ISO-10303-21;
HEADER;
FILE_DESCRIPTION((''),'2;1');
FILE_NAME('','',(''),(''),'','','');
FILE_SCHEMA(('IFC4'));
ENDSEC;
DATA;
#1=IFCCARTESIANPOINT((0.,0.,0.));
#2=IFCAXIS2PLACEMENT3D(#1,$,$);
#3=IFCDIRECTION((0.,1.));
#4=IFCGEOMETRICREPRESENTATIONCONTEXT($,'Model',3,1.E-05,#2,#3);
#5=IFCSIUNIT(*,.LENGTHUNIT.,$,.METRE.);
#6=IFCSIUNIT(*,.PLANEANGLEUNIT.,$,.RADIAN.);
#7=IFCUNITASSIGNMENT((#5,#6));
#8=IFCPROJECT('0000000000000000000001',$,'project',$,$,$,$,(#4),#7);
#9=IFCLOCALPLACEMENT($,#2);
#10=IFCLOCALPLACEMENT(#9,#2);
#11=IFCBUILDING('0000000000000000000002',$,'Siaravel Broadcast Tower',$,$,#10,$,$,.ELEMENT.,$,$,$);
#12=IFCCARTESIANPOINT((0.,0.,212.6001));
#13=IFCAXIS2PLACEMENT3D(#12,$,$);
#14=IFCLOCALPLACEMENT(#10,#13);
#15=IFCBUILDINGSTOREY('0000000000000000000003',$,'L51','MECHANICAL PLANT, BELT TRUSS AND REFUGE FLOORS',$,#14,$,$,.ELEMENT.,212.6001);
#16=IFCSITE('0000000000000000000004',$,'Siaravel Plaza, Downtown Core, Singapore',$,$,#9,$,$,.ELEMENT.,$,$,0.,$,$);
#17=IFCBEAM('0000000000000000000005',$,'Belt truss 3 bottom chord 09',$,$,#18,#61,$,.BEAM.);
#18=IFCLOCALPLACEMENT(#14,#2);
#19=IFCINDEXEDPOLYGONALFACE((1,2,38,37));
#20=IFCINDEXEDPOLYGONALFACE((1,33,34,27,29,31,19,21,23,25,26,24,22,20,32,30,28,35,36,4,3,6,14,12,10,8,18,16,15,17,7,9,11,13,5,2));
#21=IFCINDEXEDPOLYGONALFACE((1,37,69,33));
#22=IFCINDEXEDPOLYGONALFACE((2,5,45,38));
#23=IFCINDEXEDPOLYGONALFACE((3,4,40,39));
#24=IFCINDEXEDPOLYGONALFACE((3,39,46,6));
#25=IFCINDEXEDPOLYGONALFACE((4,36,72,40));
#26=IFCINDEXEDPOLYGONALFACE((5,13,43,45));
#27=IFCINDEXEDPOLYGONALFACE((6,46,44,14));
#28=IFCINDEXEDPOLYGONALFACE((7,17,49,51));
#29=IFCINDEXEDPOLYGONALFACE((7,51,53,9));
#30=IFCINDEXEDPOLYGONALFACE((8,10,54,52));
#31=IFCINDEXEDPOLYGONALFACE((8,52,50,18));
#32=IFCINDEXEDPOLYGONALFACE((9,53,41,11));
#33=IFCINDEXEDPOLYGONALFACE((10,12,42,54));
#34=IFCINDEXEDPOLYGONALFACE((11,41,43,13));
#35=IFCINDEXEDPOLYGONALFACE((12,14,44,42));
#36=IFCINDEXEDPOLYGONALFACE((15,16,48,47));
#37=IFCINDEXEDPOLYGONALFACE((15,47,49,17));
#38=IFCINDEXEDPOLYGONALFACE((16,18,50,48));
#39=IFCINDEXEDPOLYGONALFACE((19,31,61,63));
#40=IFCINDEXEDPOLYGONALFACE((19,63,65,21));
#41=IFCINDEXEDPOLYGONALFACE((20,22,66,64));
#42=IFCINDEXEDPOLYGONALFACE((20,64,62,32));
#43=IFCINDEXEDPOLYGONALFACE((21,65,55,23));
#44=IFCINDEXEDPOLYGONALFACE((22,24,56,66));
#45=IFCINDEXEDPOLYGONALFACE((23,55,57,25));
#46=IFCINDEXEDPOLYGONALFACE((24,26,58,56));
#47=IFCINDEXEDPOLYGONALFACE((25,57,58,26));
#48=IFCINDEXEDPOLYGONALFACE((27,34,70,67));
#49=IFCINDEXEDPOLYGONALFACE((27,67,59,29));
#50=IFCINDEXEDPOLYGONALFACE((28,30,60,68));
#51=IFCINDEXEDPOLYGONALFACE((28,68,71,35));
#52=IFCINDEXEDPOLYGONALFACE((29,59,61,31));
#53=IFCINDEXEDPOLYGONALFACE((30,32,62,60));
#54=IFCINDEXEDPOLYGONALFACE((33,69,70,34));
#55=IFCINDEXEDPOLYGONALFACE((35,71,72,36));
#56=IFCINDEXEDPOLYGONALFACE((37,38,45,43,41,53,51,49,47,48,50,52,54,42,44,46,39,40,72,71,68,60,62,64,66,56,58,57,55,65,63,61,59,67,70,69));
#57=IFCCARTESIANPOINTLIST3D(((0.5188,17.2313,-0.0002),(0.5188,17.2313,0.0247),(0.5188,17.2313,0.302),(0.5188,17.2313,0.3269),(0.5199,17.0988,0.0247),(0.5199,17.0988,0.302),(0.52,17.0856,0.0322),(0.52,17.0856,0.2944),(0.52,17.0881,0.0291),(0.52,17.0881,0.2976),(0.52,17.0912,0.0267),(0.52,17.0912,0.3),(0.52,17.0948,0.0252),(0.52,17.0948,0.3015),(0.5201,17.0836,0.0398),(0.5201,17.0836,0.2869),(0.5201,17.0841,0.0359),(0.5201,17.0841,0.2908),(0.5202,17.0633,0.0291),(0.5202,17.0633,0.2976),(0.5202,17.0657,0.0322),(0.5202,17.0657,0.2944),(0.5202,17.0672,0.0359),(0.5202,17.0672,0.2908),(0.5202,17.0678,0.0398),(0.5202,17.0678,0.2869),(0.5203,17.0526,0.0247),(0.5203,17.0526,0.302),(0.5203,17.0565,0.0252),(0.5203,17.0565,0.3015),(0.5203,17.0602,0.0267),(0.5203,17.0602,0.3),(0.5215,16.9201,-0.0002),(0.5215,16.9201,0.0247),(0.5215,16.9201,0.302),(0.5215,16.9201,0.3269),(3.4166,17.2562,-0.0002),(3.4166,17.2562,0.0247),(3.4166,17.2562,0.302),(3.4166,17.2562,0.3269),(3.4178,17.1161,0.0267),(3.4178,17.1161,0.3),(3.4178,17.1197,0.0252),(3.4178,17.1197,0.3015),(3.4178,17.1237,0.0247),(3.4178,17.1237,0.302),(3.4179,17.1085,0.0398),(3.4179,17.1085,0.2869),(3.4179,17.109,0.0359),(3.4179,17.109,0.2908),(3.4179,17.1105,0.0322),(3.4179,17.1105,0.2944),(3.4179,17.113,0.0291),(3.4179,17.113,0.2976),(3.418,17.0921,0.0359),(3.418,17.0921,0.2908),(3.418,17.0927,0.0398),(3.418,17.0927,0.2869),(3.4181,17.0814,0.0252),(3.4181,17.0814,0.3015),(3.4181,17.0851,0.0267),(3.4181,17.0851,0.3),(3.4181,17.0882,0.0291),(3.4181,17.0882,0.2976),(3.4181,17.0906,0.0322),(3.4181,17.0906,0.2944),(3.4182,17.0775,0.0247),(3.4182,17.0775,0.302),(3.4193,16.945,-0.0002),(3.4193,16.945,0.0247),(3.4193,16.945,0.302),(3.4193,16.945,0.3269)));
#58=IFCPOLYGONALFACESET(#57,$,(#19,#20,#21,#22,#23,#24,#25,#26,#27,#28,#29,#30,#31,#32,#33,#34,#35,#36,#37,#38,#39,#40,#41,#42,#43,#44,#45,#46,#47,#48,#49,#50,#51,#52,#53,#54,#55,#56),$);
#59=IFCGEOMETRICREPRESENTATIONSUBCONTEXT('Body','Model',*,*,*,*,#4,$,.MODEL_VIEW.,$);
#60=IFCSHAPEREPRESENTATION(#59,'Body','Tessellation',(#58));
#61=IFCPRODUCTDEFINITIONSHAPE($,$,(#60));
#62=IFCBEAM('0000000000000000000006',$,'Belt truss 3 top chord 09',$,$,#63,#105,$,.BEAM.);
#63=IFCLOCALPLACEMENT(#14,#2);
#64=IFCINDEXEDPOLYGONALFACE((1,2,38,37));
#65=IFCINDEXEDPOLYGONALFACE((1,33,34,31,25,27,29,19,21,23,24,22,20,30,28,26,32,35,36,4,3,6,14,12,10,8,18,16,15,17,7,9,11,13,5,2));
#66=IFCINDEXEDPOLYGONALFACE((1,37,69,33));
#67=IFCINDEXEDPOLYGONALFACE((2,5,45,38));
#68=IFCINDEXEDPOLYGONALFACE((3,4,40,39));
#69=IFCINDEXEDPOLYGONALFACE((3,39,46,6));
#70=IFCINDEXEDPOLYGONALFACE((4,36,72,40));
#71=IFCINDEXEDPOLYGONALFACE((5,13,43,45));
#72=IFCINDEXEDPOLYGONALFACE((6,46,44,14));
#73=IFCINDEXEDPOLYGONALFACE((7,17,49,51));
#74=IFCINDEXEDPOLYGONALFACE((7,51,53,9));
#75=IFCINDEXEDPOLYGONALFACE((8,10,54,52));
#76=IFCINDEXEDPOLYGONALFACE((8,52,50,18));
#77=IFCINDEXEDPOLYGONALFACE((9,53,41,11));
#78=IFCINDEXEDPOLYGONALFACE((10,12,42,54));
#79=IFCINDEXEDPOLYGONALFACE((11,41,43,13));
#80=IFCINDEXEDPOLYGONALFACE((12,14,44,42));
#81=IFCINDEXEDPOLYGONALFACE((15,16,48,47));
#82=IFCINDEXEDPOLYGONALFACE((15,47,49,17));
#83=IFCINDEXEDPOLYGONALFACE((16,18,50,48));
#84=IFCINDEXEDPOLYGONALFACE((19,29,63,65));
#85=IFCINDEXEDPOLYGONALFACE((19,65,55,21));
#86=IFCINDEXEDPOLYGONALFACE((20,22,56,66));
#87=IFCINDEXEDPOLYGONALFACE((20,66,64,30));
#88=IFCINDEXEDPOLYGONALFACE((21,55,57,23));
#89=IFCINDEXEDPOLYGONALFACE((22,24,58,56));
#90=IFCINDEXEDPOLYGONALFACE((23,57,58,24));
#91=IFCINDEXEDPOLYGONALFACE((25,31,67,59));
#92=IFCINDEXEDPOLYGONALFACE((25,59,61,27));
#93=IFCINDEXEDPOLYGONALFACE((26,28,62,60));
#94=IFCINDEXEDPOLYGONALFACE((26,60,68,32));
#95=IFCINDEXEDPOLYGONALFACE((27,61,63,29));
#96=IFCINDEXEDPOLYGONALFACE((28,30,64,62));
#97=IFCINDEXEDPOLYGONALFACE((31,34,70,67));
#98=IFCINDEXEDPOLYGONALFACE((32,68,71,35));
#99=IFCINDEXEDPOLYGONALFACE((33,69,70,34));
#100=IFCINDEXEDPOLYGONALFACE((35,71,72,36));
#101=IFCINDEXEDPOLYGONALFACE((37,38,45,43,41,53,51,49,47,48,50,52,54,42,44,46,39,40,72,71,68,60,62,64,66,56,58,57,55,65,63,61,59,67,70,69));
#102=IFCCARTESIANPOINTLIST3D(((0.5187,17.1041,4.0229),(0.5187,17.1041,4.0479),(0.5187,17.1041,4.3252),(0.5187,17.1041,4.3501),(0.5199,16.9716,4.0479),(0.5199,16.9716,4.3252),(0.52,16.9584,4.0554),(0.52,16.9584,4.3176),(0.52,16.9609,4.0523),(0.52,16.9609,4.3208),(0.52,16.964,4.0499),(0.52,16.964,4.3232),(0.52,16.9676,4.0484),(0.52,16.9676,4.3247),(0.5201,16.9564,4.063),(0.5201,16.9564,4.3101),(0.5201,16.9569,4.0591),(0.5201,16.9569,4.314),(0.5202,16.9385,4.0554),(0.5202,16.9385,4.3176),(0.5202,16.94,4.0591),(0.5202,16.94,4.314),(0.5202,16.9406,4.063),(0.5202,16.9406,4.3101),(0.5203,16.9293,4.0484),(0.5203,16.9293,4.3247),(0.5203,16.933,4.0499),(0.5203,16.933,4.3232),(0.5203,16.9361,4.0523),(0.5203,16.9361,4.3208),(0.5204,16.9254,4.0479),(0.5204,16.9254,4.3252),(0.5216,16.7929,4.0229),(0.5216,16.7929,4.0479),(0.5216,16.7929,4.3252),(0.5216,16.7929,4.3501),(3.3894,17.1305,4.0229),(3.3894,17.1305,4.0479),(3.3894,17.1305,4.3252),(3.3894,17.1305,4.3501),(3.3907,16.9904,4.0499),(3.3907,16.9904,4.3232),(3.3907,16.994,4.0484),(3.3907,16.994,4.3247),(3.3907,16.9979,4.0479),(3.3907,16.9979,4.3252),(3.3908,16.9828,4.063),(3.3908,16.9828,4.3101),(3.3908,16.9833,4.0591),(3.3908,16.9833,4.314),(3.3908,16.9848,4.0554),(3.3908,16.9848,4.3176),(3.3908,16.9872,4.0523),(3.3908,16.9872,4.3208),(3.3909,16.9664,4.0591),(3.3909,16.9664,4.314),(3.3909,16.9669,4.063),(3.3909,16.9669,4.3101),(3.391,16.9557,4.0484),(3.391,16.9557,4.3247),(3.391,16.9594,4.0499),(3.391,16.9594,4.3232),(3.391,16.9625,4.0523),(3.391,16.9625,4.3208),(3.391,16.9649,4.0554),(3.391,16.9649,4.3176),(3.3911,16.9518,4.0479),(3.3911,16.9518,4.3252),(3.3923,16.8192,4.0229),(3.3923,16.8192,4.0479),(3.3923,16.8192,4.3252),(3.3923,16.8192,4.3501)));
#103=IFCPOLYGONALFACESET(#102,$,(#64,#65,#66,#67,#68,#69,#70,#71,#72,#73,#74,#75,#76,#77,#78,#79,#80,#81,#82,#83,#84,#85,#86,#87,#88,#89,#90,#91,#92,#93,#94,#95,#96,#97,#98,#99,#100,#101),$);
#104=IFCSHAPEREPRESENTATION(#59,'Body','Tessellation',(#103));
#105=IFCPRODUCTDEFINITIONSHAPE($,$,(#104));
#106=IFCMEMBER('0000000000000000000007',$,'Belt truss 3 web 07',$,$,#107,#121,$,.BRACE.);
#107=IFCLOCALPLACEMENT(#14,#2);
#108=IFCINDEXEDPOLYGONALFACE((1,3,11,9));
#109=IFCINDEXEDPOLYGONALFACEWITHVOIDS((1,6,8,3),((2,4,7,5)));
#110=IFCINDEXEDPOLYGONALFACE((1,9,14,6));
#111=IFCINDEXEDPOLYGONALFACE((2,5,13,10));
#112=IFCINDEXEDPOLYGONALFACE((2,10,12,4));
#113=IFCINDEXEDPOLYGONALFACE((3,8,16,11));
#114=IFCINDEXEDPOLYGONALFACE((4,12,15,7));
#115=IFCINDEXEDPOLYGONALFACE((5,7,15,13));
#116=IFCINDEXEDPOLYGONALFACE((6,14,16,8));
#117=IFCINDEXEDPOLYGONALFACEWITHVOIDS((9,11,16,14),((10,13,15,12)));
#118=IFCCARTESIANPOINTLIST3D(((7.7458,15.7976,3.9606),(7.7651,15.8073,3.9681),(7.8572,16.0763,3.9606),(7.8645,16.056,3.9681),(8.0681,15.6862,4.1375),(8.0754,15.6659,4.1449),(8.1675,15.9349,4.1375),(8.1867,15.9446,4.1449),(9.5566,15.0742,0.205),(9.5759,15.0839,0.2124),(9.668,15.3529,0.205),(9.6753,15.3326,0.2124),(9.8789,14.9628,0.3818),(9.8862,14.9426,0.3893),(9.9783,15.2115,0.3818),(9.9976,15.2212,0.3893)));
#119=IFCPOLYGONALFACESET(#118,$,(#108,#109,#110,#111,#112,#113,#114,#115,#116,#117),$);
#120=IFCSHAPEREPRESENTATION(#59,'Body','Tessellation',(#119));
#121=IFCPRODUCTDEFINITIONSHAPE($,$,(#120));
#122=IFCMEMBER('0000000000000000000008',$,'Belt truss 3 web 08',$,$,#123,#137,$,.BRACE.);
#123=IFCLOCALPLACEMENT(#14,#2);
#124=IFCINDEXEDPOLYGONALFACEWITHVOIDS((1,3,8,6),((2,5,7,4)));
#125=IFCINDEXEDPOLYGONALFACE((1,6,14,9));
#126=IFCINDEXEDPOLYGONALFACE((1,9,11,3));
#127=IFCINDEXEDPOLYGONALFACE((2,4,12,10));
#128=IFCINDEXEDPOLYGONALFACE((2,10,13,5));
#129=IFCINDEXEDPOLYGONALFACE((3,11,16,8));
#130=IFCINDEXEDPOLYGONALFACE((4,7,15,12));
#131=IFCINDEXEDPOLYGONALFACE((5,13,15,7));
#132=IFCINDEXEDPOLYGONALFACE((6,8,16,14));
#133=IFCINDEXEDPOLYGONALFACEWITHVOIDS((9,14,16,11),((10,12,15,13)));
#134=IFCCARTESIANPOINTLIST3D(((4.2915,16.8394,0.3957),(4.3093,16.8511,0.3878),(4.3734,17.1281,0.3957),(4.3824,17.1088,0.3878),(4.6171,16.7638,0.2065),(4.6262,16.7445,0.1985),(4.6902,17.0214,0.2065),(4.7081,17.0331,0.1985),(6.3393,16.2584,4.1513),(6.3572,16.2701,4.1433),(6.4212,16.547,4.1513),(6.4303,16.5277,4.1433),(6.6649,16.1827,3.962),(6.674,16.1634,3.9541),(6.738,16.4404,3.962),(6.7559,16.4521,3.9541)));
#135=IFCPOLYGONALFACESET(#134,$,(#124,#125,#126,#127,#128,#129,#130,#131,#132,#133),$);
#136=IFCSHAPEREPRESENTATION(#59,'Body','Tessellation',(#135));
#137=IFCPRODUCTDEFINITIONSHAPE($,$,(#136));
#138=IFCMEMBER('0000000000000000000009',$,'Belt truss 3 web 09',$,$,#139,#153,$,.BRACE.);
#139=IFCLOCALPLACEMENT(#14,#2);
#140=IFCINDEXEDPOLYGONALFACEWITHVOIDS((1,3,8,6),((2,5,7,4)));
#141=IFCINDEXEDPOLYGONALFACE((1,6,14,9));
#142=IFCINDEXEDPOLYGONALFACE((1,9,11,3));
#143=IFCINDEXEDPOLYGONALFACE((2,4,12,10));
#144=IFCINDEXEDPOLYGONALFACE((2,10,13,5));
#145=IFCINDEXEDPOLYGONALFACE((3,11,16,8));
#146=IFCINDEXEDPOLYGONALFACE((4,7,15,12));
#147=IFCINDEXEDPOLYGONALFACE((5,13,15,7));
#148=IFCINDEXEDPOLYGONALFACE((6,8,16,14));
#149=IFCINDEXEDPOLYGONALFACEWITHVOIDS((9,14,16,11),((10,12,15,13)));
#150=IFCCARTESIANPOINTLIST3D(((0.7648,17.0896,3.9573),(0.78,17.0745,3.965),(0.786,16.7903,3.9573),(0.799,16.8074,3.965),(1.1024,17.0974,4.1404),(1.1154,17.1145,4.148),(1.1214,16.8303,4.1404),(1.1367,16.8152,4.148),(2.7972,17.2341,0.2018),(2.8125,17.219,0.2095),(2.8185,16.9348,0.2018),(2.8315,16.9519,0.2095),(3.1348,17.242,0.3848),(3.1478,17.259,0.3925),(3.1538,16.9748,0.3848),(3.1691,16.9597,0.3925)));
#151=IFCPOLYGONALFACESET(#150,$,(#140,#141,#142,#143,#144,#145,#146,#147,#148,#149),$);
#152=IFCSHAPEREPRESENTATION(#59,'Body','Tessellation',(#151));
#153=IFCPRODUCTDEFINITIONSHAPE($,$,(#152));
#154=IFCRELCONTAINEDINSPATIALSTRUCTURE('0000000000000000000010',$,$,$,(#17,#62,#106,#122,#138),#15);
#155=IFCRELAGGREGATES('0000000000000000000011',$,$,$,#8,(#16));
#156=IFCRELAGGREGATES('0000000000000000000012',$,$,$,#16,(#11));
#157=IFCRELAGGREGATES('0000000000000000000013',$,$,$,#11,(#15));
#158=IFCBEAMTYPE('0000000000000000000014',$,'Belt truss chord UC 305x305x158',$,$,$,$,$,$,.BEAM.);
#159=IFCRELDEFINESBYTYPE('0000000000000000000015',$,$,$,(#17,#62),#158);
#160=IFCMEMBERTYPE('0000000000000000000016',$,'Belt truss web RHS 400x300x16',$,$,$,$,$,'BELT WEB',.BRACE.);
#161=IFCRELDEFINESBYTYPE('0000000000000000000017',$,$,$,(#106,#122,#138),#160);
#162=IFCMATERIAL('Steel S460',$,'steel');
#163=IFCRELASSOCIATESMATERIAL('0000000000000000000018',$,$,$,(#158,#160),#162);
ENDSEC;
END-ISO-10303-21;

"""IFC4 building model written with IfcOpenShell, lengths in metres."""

from ifc_helpers import new_model, si_unit, direction, frame, origin, origin_2d, place, context, subcontext, project, spatial, hollow_rectangle, i_section, extrude, material, material_profile, profile_set, type_object, element, save


model = new_model("IFC4")

# Units and contexts
model_context = context("Model", 3, precision=1e-05, world=origin(), true_north=direction((0.0, 1.0)))
body_context = subcontext(model_context, "Body", "Model", "MODEL_VIEW")
ifc_project = project(units=[si_unit("LENGTHUNIT", "METRE"), si_unit("PLANEANGLEUNIT", "RADIAN")], contexts=[model_context])

# Site, building, storey
site_placement = place(None, origin())
site = spatial("IfcSite", under=ifc_project, at=site_placement, Name="Siaravel Plaza, Downtown Core, Singapore", CompositionType="ELEMENT", RefElevation=0.0)
building_placement = place(site_placement, origin())
building = spatial("IfcBuilding", under=site, at=building_placement, Name="Siaravel Broadcast Tower", CompositionType="ELEMENT")
storey_placement = place(building_placement, frame((0.0, 0.0, 212.6001)))
storey = spatial("IfcBuildingStorey", under=building, at=storey_placement, Name="L51", Description="MECHANICAL PLANT, BELT TRUSS AND REFUGE FLOORS", CompositionType="ELEMENT", Elevation=212.6001)

# Beams
ifc_material_1 = material(Name="Steel S460", Category="steel")
ifc_material_profile_1 = material_profile(ifc_material_1, i_section(OverallWidth=0.3113, OverallDepth=0.3271, WebThickness=0.0159, FlangeThickness=0.0249, FilletRadius=0.0151, at=origin_2d()))
ifc_profile_set_1 = profile_set([ifc_material_profile_1], Name="Steel S460")
beam_type_1 = type_object("IfcBeamType", Name="Belt truss chord UC 305x305x158", PredefinedType="BEAM", material=ifc_profile_set_1)
beam_1_placement = place(storey_placement, frame((3.418, 17.1006, 0.1633), z_axis=(-0.999963, -0.008593, 0.0), x_axis=(0.008593, -0.999963, 0.0)))
element("IfcBeam", 1, at=beam_1_placement, inside=storey, type_object=beam_type_1, Name="Belt truss 3 bottom chord 09", PredefinedType="BEAM", context=body_context, shape_type="SweptSolid", body=[
    extrude(i_section(OverallWidth=0.3113, OverallDepth=0.3271, WebThickness=0.0159, FlangeThickness=0.0249, FilletRadius=0.0151, at=origin_2d()), origin(), (0.0, 0.0, 1.0), 2.8979),
])
beam_2_placement = place(storey_placement, frame((3.3909, 16.9749, 4.1865), z_axis=(-0.999958, -0.009184, 0.0), x_axis=(0.009184, -0.999958, 0.0)))
element("IfcBeam", 2, at=beam_2_placement, inside=storey, type_object=beam_type_1, Name="Belt truss 3 top chord 09", PredefinedType="BEAM", context=body_context, shape_type="SweptSolid", body=[
    extrude(i_section(OverallWidth=0.3113, OverallDepth=0.3271, WebThickness=0.0159, FlangeThickness=0.0249, FilletRadius=0.0151, at=origin_2d()), origin(), (0.0, 0.0, 1.0), 2.8708),
])

# Members
ifc_material_profile_2 = material_profile(ifc_material_1, hollow_rectangle(XDim=0.3, YDim=0.3999, WallThickness=0.0161, at=origin_2d()))
ifc_profile_set_2 = profile_set([ifc_material_profile_2], Name="Steel S460")
member_type_1 = type_object("IfcMemberType", Name="Belt truss web RHS 400x300x16", ElementType="BELT WEB", PredefinedType="BRACE", material=ifc_profile_set_2)
member_1_placement = place(storey_placement, frame((9.7771, 15.1477, 0.2971), z_axis=(-0.427916, 0.170947, 0.887505), x_axis=(-0.37098, -0.928641, 0.0)))
element("IfcMember", 3, at=member_1_placement, inside=storey, type_object=member_type_1, Name="Belt truss 3 web 07", PredefinedType="BRACE", context=body_context, shape_type="SweptSolid", body=[
    extrude(hollow_rectangle(XDim=0.3, YDim=0.3999, WallThickness=0.0161, at=origin_2d()), origin(), (0.0, 0.0, 1.0), 4.2317),
])
member_2_placement = place(storey_placement, frame((4.4998, 16.9363, 0.2971), z_axis=(0.474376, -0.134599, 0.869972), x_axis=(0.272964, 0.962024, 0.0)))
element("IfcMember", 4, at=member_2_placement, inside=storey, type_object=member_type_1, Name="Belt truss 3 web 08", PredefinedType="BRACE", context=body_context, shape_type="SweptSolid", body=[
    extrude(hollow_rectangle(XDim=0.3, YDim=0.3999, WallThickness=0.0161, at=origin_2d()), origin(), (0.0, 0.0, 1.0), 4.3169),
])
member_3_placement = place(storey_placement, frame((2.9832, 17.0969, 0.2971), z_axis=(-0.475681, -0.033826, 0.878967), x_axis=(0.070932, -0.997481, 0.0)))
element("IfcMember", 5, at=member_3_placement, inside=storey, type_object=member_type_1, Name="Belt truss 3 web 09", PredefinedType="BRACE", context=body_context, shape_type="SweptSolid", body=[
    extrude(hollow_rectangle(XDim=0.3, YDim=0.3999, WallThickness=0.0161, at=origin_2d()), origin(), (0.0, 0.0, 1.0), 4.2727),
])

save(model, "model.ifc")
